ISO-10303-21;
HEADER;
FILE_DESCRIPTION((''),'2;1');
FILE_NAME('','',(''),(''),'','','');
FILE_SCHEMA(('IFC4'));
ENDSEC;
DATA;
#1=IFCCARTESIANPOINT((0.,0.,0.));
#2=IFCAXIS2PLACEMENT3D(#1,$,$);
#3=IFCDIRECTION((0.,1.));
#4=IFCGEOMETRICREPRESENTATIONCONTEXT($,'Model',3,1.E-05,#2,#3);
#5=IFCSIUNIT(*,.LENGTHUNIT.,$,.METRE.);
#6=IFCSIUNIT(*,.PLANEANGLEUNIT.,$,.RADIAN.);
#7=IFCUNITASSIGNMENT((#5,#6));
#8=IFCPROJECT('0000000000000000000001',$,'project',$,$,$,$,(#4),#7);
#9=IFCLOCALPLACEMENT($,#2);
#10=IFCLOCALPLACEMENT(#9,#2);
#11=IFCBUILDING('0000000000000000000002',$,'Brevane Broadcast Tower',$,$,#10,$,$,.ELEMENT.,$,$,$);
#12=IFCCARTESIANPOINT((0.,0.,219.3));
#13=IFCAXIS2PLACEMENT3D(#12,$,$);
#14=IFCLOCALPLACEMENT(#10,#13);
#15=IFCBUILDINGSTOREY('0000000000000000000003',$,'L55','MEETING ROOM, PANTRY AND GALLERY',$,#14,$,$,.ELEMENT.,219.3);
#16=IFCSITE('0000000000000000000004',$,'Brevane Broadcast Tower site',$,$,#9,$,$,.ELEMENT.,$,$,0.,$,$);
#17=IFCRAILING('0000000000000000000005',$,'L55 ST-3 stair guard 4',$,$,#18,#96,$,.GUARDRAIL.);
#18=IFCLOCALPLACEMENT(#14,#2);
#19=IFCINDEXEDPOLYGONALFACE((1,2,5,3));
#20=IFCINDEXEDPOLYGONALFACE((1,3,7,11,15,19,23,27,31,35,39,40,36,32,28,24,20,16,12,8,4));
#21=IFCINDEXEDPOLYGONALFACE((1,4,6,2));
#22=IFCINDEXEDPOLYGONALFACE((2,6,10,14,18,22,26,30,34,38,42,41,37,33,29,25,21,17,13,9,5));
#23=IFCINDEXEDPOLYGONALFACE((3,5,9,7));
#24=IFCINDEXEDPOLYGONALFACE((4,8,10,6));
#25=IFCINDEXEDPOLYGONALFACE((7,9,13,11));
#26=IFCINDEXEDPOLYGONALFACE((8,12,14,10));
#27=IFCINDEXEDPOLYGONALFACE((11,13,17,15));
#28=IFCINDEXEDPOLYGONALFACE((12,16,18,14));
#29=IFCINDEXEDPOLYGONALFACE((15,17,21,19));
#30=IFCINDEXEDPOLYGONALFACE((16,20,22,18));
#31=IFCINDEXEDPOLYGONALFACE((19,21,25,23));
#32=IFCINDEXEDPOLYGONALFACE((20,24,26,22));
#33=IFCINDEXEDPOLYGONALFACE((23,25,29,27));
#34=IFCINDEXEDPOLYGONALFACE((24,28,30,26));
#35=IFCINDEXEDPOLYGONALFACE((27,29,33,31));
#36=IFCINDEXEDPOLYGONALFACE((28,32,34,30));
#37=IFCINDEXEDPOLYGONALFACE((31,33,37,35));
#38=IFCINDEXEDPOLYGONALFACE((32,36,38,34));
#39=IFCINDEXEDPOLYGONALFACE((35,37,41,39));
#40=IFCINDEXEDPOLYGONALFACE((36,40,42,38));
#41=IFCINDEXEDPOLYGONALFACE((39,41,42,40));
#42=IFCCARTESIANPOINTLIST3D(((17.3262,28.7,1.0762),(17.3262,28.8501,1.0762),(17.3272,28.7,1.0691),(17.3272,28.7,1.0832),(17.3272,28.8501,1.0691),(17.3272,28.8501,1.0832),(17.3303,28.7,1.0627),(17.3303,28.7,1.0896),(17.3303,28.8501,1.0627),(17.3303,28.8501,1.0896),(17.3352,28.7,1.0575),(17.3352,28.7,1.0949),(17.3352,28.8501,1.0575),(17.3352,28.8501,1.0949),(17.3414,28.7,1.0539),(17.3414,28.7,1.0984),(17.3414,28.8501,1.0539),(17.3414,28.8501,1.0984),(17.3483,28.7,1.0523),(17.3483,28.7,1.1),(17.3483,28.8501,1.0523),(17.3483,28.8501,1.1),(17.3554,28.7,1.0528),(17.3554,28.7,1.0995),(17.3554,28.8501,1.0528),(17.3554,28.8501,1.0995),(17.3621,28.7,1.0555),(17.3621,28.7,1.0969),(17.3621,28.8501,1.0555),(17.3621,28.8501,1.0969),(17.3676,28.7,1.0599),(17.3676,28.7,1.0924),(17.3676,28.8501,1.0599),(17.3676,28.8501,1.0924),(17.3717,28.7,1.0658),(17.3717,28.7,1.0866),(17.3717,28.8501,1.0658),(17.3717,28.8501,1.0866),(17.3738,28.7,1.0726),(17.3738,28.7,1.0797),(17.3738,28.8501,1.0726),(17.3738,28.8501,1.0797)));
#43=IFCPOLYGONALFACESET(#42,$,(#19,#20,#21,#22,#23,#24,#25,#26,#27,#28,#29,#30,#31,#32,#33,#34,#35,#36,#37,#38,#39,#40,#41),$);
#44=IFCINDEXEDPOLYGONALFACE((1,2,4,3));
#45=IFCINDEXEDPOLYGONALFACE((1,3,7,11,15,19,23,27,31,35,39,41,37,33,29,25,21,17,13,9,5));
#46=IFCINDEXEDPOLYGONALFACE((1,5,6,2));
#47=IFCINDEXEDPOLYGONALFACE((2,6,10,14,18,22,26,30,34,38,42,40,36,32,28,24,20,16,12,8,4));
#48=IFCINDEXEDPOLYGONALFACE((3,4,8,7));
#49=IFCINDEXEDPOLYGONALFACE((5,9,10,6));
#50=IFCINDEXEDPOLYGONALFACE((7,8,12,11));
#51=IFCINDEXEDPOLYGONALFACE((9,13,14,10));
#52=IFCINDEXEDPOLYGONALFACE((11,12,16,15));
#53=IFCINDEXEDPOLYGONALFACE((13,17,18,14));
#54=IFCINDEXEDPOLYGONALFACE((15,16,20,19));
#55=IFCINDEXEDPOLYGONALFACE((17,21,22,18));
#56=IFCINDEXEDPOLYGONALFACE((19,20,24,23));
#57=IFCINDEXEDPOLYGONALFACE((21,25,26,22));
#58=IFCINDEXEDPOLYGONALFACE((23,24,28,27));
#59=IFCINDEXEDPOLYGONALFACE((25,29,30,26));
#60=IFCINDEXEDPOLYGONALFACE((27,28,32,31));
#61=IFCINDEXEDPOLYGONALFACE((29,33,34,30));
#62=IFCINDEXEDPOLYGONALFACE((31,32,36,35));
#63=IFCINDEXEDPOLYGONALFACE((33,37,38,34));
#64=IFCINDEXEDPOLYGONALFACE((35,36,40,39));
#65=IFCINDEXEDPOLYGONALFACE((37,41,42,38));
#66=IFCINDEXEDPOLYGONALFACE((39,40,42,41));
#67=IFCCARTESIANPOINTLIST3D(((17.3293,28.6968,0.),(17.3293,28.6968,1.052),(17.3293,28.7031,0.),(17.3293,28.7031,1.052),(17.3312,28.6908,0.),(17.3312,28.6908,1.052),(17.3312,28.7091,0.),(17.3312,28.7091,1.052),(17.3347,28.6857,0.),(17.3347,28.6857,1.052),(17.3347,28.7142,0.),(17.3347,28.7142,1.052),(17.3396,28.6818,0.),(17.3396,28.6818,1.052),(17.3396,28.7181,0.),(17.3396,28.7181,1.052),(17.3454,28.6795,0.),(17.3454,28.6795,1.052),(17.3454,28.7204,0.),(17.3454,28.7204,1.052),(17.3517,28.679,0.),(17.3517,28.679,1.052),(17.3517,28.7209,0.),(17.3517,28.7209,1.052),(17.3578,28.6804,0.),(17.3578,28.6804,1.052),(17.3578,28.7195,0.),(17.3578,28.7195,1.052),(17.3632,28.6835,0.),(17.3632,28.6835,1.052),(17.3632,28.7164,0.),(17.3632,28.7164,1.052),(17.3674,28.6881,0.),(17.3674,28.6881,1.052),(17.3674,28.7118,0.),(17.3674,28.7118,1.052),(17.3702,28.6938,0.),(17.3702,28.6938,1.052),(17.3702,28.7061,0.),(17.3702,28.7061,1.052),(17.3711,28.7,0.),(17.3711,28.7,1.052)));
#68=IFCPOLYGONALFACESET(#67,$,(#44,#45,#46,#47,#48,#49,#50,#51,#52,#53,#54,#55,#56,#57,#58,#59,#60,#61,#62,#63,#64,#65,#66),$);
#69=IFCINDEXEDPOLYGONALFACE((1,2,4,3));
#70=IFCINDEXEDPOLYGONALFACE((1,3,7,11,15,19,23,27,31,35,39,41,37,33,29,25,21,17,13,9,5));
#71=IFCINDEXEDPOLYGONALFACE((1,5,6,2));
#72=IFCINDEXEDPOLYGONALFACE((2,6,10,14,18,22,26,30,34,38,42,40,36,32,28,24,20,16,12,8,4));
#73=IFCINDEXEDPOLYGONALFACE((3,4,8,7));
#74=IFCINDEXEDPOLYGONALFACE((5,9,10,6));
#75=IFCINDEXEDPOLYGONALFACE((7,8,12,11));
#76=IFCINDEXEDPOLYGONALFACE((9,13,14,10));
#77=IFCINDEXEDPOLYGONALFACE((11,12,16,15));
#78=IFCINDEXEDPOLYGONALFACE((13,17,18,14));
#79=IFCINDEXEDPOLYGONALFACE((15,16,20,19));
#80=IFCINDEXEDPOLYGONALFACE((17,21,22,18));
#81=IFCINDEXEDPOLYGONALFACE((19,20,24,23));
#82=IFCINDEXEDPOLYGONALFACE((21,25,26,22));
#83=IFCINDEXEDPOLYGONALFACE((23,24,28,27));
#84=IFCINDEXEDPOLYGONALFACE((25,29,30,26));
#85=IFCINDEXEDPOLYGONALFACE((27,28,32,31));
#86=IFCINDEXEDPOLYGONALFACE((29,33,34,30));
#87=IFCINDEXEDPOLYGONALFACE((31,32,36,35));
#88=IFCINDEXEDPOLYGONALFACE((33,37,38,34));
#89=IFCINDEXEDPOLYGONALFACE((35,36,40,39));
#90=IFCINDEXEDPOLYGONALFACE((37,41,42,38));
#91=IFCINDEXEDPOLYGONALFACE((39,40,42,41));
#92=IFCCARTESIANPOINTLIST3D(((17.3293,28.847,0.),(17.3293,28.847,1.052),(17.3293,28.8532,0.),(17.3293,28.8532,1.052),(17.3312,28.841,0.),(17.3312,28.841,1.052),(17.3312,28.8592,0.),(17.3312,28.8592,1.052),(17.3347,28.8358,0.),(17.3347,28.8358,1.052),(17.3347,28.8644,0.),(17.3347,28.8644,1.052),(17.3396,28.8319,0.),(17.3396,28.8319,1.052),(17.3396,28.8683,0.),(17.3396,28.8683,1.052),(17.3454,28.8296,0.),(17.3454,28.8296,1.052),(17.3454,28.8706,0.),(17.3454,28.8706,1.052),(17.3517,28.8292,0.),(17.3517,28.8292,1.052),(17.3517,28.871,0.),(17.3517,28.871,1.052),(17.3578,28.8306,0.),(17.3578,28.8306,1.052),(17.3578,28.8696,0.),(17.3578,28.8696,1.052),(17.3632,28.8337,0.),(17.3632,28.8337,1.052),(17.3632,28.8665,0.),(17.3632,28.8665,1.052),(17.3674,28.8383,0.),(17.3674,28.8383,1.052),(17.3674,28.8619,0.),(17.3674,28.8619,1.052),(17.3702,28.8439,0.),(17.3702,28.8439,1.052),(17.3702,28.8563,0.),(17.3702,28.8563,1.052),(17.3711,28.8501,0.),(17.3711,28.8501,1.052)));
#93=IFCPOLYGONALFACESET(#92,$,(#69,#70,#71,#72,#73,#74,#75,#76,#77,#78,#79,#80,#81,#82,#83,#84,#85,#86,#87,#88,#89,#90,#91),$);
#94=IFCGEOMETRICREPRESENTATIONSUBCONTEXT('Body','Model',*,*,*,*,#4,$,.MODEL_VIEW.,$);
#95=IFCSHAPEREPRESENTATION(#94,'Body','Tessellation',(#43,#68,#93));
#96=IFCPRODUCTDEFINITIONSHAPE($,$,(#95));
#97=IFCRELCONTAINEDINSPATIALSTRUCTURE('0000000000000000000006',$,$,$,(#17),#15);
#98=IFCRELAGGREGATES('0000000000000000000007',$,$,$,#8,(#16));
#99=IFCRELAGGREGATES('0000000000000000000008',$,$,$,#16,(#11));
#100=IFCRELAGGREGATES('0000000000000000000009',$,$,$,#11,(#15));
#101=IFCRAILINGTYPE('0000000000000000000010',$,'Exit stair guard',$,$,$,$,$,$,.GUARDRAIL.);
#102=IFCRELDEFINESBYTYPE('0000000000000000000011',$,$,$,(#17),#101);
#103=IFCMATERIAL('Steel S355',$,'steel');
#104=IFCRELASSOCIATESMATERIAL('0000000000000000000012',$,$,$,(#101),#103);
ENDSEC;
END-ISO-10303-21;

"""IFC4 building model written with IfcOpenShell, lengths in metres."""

from ifc_helpers import new_model, si_unit, direction, frame, origin, origin_2d, place, context, subcontext, project, spatial, circle, extrude, material, type_object, element, save


model = new_model("IFC4")

# Units and contexts
model_context = context("Model", 3, precision=1e-05, world=origin(), true_north=direction((0.0, 1.0)))
body_context = subcontext(model_context, "Body", "Model", "MODEL_VIEW")
ifc_project = project(units=[si_unit("LENGTHUNIT", "METRE"), si_unit("PLANEANGLEUNIT", "RADIAN")], contexts=[model_context])

# Site, building, storey
site_placement = place(None, origin())
site = spatial("IfcSite", under=ifc_project, at=site_placement, Name="Brevane Broadcast Tower site", CompositionType="ELEMENT", RefElevation=0.0)
building_placement = place(site_placement, origin())
building = spatial("IfcBuilding", under=site, at=building_placement, Name="Brevane Broadcast Tower", CompositionType="ELEMENT")
storey_placement = place(building_placement, frame((0.0, 0.0, 219.3)))
storey = spatial("IfcBuildingStorey", under=building, at=storey_placement, Name="L55", Description="MEETING ROOM, PANTRY AND GALLERY", CompositionType="ELEMENT", Elevation=219.3)

# Railing
ifc_material_1 = material(Name="Steel S355", Category="steel")
railing_type_1 = type_object("IfcRailingType", Name="Exit stair guard", PredefinedType="GUARDRAIL", material=ifc_material_1)
railing_1_placement = place(storey_placement, frame((17.3501, 28.7, 0.0)))
element("IfcRailing", 1, at=railing_1_placement, inside=storey, type_object=railing_type_1, Name="L55 ST-3 stair guard 4", PredefinedType="GUARDRAIL", context=body_context, shape_type="SweptSolid", body=[
    extrude(circle(Radius=0.0239, at=origin_2d()), frame((0.0, 0.0, 1.0762), z_axis=(0.0, 1.0, 0.0), x_axis=(-1.0, 0.0, 0.0)), (0.0, 0.0, 1.0), 0.1501),
    extrude(circle(Radius=0.021, at=origin_2d()), origin(), (0.0, 0.0, 1.0), 1.052),
    extrude(circle(Radius=0.021, at=origin_2d()), frame((0.0, 0.1501, 0.0)), (0.0, 0.0, 1.0), 1.052),
])

save(model, "model.ifc")
